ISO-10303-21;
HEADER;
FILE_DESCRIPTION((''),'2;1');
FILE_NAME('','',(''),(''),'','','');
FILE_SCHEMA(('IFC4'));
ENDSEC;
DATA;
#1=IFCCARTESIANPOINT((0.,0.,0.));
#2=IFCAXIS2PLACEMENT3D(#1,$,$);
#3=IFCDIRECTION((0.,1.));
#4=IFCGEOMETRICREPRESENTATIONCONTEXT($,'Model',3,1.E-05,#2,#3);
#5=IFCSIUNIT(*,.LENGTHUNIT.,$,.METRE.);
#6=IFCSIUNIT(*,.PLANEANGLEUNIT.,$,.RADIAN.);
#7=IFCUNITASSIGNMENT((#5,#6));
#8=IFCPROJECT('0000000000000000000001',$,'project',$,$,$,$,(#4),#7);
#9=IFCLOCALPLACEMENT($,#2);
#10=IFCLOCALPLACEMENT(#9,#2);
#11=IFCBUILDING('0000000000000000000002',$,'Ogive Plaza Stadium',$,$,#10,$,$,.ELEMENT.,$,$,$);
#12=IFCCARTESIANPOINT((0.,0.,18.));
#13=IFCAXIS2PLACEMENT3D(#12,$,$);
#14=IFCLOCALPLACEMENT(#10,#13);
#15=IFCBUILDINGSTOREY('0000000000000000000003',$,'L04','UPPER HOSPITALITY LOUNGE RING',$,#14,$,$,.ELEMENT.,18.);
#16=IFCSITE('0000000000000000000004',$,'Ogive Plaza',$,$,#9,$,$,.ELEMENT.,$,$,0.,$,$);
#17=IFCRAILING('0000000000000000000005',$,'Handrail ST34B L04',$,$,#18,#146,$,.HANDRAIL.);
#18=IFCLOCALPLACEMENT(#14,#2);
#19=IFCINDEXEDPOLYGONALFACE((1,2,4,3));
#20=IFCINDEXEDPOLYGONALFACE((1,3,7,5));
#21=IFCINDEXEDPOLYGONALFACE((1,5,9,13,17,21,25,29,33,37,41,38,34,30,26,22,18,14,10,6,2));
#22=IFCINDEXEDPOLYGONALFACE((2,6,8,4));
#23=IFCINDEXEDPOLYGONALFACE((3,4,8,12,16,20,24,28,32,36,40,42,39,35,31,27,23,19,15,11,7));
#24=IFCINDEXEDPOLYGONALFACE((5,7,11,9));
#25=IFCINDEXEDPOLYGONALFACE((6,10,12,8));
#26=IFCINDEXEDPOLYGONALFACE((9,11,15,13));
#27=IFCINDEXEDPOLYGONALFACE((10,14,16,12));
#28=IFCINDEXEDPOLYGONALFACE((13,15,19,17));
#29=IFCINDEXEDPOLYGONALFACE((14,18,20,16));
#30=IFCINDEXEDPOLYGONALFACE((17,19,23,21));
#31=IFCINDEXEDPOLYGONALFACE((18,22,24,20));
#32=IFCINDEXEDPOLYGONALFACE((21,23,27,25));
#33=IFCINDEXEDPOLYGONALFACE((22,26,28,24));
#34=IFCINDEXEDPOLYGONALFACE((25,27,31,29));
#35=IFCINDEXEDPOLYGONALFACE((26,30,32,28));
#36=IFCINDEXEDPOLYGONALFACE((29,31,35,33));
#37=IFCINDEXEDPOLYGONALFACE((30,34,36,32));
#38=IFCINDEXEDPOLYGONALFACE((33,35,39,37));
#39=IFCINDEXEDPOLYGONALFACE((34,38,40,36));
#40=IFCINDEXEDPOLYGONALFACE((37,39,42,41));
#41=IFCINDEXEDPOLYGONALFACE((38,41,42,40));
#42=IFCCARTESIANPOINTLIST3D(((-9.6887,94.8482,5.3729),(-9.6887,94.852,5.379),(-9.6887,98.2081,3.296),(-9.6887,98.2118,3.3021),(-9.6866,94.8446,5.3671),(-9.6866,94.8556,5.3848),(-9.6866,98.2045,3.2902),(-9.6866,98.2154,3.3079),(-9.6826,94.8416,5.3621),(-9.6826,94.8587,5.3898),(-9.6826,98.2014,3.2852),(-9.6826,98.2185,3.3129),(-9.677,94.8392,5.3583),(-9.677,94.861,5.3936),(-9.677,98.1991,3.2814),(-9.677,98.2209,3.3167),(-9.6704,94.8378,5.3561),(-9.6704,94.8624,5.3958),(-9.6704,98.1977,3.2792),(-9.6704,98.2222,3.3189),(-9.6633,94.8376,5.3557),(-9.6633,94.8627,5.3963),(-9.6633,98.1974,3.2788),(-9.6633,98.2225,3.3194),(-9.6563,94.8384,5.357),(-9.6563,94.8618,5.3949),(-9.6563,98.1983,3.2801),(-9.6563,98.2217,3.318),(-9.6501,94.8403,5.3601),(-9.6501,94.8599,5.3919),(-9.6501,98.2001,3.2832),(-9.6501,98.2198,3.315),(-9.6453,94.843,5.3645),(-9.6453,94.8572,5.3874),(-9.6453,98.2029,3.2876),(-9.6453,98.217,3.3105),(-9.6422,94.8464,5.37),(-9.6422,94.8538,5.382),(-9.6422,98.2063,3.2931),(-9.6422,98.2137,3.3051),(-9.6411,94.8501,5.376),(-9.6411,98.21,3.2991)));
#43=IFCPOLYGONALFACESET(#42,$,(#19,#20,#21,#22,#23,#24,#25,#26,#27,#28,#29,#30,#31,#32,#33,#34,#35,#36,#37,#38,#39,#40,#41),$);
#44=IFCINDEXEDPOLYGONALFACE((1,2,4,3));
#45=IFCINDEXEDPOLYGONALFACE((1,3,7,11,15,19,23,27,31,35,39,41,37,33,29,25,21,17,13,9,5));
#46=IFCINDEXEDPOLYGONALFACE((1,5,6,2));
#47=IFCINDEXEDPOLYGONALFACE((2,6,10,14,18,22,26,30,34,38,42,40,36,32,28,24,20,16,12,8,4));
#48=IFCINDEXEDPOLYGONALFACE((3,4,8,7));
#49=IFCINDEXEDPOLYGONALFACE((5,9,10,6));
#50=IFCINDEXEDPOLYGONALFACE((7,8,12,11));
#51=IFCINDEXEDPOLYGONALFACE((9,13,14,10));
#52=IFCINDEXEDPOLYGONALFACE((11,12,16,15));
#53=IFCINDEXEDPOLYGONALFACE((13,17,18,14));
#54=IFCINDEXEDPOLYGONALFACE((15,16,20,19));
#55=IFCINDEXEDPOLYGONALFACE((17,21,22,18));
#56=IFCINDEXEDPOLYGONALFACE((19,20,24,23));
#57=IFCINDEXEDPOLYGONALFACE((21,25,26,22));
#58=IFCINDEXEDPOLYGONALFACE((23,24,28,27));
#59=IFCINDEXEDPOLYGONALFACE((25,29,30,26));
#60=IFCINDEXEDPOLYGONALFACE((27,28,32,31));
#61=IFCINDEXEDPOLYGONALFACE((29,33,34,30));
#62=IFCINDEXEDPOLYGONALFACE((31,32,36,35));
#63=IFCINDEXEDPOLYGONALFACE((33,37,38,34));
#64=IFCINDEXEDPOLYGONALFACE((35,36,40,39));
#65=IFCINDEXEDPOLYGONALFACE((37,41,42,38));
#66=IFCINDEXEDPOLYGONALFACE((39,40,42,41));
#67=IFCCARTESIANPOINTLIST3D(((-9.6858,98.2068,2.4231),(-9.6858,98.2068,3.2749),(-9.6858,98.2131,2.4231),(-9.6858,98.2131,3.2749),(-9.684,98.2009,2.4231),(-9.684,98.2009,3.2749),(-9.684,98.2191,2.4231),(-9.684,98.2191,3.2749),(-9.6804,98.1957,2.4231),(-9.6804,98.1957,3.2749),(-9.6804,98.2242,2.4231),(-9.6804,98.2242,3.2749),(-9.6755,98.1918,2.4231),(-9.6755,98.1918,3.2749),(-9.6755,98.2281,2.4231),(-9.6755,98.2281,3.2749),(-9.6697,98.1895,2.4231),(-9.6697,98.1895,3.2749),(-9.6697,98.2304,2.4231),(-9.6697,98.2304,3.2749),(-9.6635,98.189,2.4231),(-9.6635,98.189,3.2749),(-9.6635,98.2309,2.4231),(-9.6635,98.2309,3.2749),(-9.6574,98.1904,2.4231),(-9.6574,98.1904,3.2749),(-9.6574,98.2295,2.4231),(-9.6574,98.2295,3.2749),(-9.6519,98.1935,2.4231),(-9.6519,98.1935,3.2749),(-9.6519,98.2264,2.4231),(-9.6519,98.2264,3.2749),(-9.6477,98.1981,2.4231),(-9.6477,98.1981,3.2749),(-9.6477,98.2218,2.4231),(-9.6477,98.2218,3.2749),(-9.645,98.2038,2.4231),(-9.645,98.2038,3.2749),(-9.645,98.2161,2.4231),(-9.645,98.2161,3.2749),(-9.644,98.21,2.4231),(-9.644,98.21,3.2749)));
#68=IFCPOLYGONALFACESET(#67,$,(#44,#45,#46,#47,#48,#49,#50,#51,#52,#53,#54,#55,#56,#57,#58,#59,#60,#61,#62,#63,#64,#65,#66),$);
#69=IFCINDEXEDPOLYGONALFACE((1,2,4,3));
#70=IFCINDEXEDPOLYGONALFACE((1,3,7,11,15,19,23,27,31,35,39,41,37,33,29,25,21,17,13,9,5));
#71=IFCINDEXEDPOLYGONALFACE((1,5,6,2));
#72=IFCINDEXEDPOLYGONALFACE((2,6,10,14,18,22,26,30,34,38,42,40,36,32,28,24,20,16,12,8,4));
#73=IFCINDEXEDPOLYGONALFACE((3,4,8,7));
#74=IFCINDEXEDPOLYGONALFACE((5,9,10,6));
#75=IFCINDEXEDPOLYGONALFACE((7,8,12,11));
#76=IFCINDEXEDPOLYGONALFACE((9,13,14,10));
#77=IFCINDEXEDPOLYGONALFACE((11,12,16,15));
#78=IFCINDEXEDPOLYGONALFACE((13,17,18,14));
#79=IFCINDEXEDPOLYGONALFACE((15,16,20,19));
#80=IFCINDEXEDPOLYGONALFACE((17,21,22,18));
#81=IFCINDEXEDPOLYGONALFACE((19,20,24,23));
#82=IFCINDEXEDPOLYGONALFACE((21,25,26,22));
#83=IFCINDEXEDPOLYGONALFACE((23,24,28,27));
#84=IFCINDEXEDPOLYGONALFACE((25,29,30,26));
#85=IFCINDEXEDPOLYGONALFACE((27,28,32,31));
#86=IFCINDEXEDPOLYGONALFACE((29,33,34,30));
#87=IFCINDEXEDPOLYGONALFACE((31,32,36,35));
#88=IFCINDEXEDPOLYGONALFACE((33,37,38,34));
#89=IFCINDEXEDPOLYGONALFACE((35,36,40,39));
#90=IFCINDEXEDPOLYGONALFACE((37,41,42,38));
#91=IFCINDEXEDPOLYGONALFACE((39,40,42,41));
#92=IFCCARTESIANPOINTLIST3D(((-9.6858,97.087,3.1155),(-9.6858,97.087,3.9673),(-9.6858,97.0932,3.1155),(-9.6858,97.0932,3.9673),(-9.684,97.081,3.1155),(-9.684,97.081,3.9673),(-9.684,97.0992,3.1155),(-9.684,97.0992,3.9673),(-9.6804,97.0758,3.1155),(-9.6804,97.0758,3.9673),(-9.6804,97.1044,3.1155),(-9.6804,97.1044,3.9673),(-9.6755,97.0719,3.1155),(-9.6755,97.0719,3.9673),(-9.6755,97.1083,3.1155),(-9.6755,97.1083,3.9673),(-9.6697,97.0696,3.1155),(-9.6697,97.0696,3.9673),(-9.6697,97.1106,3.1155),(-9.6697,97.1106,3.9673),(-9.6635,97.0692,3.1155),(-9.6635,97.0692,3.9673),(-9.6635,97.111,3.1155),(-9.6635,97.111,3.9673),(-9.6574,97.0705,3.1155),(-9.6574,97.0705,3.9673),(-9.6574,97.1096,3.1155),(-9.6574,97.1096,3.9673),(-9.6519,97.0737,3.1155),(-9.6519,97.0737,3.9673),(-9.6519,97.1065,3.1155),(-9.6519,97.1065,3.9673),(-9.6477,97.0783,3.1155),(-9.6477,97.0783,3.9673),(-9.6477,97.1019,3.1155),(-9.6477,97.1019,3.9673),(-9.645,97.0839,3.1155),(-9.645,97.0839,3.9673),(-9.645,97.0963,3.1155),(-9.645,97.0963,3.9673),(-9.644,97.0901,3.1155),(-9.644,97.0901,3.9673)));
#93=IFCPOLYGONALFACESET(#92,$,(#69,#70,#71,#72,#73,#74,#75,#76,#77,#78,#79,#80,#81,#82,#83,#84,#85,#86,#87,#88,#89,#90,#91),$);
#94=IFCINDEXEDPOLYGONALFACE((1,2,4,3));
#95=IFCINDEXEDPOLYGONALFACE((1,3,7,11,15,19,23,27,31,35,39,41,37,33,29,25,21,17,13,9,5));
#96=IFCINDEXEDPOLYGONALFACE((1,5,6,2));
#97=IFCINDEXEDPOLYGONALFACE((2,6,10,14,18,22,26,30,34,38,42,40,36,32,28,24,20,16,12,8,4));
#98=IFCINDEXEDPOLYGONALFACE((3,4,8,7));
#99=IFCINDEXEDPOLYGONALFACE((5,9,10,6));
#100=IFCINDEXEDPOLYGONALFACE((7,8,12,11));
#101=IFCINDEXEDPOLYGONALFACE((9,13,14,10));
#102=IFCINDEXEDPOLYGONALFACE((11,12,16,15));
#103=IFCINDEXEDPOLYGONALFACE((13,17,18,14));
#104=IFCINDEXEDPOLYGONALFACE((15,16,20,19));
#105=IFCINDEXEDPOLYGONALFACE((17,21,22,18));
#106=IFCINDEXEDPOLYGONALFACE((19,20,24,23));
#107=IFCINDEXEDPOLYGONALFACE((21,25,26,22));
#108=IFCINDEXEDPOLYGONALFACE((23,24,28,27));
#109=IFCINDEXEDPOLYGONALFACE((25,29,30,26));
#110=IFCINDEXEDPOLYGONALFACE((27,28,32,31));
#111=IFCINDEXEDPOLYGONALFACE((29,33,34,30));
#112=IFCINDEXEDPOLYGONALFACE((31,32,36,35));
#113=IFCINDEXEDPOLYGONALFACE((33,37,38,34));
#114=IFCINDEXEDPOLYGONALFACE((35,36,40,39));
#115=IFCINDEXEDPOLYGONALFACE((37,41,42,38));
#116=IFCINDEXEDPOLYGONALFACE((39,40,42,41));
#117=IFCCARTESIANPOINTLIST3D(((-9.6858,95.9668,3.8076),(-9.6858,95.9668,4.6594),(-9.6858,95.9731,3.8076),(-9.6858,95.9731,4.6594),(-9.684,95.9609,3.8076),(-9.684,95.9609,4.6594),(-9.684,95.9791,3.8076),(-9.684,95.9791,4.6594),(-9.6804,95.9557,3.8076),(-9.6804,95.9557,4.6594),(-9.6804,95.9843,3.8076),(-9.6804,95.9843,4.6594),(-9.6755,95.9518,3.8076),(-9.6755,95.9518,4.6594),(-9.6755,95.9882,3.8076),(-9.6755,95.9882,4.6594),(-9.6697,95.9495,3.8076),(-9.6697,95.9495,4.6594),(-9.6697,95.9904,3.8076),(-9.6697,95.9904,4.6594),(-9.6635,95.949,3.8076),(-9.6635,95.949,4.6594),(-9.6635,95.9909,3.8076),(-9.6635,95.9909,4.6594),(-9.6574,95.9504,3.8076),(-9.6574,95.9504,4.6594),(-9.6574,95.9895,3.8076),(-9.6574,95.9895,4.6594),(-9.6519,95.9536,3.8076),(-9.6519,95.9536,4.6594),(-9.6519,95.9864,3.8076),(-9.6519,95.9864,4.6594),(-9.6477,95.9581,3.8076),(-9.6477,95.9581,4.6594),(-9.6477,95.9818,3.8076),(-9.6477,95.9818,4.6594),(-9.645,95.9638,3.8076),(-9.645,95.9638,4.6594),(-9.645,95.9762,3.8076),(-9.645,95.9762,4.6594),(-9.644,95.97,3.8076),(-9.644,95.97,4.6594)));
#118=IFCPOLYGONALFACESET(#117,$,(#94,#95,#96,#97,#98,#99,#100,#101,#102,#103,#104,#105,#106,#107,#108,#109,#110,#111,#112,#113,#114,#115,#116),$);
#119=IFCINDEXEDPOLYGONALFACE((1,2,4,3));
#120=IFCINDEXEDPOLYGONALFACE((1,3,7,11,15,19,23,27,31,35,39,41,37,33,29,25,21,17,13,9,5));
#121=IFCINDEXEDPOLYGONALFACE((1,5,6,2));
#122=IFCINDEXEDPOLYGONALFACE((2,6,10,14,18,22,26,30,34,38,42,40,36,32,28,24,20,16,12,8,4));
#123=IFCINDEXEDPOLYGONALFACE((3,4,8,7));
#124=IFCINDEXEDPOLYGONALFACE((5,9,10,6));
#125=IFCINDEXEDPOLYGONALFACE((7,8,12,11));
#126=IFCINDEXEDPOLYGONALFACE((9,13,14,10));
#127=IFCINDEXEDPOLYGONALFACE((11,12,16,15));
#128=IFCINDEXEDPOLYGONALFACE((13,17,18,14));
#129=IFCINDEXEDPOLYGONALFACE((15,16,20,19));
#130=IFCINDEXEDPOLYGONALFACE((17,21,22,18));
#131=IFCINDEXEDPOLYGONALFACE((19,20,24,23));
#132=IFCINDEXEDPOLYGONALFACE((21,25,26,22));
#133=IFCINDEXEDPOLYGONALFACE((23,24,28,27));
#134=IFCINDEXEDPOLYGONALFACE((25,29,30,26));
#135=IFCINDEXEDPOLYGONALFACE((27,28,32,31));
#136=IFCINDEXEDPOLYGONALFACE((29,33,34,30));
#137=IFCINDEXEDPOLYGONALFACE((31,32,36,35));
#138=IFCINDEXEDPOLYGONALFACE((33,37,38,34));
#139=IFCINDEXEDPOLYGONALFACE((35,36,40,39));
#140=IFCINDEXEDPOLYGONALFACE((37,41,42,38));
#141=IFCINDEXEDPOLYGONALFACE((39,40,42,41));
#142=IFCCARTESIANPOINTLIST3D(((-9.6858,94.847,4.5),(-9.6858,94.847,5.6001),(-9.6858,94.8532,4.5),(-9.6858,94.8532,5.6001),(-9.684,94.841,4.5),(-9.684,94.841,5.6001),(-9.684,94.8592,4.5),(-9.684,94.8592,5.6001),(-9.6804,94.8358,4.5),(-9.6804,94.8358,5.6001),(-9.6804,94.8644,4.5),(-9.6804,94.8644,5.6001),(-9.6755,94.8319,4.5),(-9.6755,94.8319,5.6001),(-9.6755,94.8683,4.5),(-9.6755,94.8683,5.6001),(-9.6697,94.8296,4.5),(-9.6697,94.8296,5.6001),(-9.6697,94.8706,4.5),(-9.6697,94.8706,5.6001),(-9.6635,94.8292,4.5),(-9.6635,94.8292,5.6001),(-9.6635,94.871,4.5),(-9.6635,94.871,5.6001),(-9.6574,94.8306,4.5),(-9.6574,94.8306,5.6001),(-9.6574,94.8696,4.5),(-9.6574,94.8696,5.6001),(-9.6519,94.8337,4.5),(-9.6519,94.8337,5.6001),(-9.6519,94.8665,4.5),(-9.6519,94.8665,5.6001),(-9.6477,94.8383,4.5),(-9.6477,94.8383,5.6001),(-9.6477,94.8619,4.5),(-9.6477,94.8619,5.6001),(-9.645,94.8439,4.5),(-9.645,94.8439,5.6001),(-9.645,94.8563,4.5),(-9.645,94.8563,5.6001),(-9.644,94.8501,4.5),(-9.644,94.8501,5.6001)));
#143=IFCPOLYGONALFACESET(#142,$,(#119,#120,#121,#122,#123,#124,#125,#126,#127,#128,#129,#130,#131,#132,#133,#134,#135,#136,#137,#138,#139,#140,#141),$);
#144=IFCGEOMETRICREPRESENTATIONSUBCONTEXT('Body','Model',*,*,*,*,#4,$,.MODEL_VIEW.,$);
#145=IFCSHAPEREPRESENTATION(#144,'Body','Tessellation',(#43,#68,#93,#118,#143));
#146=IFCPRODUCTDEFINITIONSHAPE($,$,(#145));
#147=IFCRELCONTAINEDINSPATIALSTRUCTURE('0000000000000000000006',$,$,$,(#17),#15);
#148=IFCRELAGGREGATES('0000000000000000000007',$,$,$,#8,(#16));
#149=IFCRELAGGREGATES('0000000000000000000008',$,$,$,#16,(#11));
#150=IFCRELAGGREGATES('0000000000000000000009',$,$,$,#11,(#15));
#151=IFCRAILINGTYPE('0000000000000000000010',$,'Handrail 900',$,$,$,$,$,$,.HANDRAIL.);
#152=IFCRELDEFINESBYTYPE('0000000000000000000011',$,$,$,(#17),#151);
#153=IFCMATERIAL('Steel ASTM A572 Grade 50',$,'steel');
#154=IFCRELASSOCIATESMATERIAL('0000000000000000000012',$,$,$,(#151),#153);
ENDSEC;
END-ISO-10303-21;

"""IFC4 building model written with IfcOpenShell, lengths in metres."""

from ifc_helpers import new_model, si_unit, direction, frame, origin, origin_2d, place, context, subcontext, project, spatial, circle, extrude, material, type_object, element, save


model = new_model("IFC4")

# Units and contexts
model_context = context("Model", 3, precision=1e-05, world=origin(), true_north=direction((0.0, 1.0)))
body_context = subcontext(model_context, "Body", "Model", "MODEL_VIEW")
ifc_project = project(units=[si_unit("LENGTHUNIT", "METRE"), si_unit("PLANEANGLEUNIT", "RADIAN")], contexts=[model_context])

# Site, building, storey
site_placement = place(None, origin())
site = spatial("IfcSite", under=ifc_project, at=site_placement, Name="Ogive Plaza", CompositionType="ELEMENT", RefElevation=0.0)
building_placement = place(site_placement, origin())
building = spatial("IfcBuilding", under=site, at=building_placement, Name="Ogive Plaza Stadium", CompositionType="ELEMENT")
storey_placement = place(building_placement, frame((0.0, 0.0, 18.0)))
storey = spatial("IfcBuildingStorey", under=building, at=storey_placement, Name="L04", Description="UPPER HOSPITALITY LOUNGE RING", CompositionType="ELEMENT", Elevation=18.0)

# Railing
ifc_material_1 = material(Name="Steel ASTM A572 Grade 50", Category="steel")
railing_type_1 = type_object("IfcRailingType", Name="Handrail 900", PredefinedType="HANDRAIL", material=ifc_material_1)
for number, where, name in (
    (1, (-9.665, 98.21, 2.4231), "Handrail ST34B L04"),
):
    element("IfcRailing", number, at=place(storey_placement, frame(where)), inside=storey, type_object=railing_type_1, Name=name, PredefinedType="HANDRAIL", context=body_context, shape_type="SweptSolid", body=[
        extrude(circle(Radius=0.0239, at=origin_2d()), frame((0.0, 0.0, 0.876), z_axis=(0.0, -0.850606, 0.525803), x_axis=(1.0, 0.0, 0.0)), (0.0, 0.0, 1.0), 3.95),
        extrude(circle(Radius=0.021, at=origin_2d()), origin(), (0.0, 0.0, 1.0), 0.8518),
        extrude(circle(Radius=0.021, at=origin_2d()), frame((0.0, -1.1199, 0.6924)), (0.0, 0.0, 1.0), 0.8518),
        extrude(circle(Radius=0.021, at=origin_2d()), frame((0.0, -2.24, 1.3845)), (0.0, 0.0, 1.0), 0.8518),
        extrude(circle(Radius=0.021, at=origin_2d()), frame((0.0, -3.3599, 2.0769)), (0.0, 0.0, 1.0), 1.1001),
    ])

save(model, "model.ifc")
